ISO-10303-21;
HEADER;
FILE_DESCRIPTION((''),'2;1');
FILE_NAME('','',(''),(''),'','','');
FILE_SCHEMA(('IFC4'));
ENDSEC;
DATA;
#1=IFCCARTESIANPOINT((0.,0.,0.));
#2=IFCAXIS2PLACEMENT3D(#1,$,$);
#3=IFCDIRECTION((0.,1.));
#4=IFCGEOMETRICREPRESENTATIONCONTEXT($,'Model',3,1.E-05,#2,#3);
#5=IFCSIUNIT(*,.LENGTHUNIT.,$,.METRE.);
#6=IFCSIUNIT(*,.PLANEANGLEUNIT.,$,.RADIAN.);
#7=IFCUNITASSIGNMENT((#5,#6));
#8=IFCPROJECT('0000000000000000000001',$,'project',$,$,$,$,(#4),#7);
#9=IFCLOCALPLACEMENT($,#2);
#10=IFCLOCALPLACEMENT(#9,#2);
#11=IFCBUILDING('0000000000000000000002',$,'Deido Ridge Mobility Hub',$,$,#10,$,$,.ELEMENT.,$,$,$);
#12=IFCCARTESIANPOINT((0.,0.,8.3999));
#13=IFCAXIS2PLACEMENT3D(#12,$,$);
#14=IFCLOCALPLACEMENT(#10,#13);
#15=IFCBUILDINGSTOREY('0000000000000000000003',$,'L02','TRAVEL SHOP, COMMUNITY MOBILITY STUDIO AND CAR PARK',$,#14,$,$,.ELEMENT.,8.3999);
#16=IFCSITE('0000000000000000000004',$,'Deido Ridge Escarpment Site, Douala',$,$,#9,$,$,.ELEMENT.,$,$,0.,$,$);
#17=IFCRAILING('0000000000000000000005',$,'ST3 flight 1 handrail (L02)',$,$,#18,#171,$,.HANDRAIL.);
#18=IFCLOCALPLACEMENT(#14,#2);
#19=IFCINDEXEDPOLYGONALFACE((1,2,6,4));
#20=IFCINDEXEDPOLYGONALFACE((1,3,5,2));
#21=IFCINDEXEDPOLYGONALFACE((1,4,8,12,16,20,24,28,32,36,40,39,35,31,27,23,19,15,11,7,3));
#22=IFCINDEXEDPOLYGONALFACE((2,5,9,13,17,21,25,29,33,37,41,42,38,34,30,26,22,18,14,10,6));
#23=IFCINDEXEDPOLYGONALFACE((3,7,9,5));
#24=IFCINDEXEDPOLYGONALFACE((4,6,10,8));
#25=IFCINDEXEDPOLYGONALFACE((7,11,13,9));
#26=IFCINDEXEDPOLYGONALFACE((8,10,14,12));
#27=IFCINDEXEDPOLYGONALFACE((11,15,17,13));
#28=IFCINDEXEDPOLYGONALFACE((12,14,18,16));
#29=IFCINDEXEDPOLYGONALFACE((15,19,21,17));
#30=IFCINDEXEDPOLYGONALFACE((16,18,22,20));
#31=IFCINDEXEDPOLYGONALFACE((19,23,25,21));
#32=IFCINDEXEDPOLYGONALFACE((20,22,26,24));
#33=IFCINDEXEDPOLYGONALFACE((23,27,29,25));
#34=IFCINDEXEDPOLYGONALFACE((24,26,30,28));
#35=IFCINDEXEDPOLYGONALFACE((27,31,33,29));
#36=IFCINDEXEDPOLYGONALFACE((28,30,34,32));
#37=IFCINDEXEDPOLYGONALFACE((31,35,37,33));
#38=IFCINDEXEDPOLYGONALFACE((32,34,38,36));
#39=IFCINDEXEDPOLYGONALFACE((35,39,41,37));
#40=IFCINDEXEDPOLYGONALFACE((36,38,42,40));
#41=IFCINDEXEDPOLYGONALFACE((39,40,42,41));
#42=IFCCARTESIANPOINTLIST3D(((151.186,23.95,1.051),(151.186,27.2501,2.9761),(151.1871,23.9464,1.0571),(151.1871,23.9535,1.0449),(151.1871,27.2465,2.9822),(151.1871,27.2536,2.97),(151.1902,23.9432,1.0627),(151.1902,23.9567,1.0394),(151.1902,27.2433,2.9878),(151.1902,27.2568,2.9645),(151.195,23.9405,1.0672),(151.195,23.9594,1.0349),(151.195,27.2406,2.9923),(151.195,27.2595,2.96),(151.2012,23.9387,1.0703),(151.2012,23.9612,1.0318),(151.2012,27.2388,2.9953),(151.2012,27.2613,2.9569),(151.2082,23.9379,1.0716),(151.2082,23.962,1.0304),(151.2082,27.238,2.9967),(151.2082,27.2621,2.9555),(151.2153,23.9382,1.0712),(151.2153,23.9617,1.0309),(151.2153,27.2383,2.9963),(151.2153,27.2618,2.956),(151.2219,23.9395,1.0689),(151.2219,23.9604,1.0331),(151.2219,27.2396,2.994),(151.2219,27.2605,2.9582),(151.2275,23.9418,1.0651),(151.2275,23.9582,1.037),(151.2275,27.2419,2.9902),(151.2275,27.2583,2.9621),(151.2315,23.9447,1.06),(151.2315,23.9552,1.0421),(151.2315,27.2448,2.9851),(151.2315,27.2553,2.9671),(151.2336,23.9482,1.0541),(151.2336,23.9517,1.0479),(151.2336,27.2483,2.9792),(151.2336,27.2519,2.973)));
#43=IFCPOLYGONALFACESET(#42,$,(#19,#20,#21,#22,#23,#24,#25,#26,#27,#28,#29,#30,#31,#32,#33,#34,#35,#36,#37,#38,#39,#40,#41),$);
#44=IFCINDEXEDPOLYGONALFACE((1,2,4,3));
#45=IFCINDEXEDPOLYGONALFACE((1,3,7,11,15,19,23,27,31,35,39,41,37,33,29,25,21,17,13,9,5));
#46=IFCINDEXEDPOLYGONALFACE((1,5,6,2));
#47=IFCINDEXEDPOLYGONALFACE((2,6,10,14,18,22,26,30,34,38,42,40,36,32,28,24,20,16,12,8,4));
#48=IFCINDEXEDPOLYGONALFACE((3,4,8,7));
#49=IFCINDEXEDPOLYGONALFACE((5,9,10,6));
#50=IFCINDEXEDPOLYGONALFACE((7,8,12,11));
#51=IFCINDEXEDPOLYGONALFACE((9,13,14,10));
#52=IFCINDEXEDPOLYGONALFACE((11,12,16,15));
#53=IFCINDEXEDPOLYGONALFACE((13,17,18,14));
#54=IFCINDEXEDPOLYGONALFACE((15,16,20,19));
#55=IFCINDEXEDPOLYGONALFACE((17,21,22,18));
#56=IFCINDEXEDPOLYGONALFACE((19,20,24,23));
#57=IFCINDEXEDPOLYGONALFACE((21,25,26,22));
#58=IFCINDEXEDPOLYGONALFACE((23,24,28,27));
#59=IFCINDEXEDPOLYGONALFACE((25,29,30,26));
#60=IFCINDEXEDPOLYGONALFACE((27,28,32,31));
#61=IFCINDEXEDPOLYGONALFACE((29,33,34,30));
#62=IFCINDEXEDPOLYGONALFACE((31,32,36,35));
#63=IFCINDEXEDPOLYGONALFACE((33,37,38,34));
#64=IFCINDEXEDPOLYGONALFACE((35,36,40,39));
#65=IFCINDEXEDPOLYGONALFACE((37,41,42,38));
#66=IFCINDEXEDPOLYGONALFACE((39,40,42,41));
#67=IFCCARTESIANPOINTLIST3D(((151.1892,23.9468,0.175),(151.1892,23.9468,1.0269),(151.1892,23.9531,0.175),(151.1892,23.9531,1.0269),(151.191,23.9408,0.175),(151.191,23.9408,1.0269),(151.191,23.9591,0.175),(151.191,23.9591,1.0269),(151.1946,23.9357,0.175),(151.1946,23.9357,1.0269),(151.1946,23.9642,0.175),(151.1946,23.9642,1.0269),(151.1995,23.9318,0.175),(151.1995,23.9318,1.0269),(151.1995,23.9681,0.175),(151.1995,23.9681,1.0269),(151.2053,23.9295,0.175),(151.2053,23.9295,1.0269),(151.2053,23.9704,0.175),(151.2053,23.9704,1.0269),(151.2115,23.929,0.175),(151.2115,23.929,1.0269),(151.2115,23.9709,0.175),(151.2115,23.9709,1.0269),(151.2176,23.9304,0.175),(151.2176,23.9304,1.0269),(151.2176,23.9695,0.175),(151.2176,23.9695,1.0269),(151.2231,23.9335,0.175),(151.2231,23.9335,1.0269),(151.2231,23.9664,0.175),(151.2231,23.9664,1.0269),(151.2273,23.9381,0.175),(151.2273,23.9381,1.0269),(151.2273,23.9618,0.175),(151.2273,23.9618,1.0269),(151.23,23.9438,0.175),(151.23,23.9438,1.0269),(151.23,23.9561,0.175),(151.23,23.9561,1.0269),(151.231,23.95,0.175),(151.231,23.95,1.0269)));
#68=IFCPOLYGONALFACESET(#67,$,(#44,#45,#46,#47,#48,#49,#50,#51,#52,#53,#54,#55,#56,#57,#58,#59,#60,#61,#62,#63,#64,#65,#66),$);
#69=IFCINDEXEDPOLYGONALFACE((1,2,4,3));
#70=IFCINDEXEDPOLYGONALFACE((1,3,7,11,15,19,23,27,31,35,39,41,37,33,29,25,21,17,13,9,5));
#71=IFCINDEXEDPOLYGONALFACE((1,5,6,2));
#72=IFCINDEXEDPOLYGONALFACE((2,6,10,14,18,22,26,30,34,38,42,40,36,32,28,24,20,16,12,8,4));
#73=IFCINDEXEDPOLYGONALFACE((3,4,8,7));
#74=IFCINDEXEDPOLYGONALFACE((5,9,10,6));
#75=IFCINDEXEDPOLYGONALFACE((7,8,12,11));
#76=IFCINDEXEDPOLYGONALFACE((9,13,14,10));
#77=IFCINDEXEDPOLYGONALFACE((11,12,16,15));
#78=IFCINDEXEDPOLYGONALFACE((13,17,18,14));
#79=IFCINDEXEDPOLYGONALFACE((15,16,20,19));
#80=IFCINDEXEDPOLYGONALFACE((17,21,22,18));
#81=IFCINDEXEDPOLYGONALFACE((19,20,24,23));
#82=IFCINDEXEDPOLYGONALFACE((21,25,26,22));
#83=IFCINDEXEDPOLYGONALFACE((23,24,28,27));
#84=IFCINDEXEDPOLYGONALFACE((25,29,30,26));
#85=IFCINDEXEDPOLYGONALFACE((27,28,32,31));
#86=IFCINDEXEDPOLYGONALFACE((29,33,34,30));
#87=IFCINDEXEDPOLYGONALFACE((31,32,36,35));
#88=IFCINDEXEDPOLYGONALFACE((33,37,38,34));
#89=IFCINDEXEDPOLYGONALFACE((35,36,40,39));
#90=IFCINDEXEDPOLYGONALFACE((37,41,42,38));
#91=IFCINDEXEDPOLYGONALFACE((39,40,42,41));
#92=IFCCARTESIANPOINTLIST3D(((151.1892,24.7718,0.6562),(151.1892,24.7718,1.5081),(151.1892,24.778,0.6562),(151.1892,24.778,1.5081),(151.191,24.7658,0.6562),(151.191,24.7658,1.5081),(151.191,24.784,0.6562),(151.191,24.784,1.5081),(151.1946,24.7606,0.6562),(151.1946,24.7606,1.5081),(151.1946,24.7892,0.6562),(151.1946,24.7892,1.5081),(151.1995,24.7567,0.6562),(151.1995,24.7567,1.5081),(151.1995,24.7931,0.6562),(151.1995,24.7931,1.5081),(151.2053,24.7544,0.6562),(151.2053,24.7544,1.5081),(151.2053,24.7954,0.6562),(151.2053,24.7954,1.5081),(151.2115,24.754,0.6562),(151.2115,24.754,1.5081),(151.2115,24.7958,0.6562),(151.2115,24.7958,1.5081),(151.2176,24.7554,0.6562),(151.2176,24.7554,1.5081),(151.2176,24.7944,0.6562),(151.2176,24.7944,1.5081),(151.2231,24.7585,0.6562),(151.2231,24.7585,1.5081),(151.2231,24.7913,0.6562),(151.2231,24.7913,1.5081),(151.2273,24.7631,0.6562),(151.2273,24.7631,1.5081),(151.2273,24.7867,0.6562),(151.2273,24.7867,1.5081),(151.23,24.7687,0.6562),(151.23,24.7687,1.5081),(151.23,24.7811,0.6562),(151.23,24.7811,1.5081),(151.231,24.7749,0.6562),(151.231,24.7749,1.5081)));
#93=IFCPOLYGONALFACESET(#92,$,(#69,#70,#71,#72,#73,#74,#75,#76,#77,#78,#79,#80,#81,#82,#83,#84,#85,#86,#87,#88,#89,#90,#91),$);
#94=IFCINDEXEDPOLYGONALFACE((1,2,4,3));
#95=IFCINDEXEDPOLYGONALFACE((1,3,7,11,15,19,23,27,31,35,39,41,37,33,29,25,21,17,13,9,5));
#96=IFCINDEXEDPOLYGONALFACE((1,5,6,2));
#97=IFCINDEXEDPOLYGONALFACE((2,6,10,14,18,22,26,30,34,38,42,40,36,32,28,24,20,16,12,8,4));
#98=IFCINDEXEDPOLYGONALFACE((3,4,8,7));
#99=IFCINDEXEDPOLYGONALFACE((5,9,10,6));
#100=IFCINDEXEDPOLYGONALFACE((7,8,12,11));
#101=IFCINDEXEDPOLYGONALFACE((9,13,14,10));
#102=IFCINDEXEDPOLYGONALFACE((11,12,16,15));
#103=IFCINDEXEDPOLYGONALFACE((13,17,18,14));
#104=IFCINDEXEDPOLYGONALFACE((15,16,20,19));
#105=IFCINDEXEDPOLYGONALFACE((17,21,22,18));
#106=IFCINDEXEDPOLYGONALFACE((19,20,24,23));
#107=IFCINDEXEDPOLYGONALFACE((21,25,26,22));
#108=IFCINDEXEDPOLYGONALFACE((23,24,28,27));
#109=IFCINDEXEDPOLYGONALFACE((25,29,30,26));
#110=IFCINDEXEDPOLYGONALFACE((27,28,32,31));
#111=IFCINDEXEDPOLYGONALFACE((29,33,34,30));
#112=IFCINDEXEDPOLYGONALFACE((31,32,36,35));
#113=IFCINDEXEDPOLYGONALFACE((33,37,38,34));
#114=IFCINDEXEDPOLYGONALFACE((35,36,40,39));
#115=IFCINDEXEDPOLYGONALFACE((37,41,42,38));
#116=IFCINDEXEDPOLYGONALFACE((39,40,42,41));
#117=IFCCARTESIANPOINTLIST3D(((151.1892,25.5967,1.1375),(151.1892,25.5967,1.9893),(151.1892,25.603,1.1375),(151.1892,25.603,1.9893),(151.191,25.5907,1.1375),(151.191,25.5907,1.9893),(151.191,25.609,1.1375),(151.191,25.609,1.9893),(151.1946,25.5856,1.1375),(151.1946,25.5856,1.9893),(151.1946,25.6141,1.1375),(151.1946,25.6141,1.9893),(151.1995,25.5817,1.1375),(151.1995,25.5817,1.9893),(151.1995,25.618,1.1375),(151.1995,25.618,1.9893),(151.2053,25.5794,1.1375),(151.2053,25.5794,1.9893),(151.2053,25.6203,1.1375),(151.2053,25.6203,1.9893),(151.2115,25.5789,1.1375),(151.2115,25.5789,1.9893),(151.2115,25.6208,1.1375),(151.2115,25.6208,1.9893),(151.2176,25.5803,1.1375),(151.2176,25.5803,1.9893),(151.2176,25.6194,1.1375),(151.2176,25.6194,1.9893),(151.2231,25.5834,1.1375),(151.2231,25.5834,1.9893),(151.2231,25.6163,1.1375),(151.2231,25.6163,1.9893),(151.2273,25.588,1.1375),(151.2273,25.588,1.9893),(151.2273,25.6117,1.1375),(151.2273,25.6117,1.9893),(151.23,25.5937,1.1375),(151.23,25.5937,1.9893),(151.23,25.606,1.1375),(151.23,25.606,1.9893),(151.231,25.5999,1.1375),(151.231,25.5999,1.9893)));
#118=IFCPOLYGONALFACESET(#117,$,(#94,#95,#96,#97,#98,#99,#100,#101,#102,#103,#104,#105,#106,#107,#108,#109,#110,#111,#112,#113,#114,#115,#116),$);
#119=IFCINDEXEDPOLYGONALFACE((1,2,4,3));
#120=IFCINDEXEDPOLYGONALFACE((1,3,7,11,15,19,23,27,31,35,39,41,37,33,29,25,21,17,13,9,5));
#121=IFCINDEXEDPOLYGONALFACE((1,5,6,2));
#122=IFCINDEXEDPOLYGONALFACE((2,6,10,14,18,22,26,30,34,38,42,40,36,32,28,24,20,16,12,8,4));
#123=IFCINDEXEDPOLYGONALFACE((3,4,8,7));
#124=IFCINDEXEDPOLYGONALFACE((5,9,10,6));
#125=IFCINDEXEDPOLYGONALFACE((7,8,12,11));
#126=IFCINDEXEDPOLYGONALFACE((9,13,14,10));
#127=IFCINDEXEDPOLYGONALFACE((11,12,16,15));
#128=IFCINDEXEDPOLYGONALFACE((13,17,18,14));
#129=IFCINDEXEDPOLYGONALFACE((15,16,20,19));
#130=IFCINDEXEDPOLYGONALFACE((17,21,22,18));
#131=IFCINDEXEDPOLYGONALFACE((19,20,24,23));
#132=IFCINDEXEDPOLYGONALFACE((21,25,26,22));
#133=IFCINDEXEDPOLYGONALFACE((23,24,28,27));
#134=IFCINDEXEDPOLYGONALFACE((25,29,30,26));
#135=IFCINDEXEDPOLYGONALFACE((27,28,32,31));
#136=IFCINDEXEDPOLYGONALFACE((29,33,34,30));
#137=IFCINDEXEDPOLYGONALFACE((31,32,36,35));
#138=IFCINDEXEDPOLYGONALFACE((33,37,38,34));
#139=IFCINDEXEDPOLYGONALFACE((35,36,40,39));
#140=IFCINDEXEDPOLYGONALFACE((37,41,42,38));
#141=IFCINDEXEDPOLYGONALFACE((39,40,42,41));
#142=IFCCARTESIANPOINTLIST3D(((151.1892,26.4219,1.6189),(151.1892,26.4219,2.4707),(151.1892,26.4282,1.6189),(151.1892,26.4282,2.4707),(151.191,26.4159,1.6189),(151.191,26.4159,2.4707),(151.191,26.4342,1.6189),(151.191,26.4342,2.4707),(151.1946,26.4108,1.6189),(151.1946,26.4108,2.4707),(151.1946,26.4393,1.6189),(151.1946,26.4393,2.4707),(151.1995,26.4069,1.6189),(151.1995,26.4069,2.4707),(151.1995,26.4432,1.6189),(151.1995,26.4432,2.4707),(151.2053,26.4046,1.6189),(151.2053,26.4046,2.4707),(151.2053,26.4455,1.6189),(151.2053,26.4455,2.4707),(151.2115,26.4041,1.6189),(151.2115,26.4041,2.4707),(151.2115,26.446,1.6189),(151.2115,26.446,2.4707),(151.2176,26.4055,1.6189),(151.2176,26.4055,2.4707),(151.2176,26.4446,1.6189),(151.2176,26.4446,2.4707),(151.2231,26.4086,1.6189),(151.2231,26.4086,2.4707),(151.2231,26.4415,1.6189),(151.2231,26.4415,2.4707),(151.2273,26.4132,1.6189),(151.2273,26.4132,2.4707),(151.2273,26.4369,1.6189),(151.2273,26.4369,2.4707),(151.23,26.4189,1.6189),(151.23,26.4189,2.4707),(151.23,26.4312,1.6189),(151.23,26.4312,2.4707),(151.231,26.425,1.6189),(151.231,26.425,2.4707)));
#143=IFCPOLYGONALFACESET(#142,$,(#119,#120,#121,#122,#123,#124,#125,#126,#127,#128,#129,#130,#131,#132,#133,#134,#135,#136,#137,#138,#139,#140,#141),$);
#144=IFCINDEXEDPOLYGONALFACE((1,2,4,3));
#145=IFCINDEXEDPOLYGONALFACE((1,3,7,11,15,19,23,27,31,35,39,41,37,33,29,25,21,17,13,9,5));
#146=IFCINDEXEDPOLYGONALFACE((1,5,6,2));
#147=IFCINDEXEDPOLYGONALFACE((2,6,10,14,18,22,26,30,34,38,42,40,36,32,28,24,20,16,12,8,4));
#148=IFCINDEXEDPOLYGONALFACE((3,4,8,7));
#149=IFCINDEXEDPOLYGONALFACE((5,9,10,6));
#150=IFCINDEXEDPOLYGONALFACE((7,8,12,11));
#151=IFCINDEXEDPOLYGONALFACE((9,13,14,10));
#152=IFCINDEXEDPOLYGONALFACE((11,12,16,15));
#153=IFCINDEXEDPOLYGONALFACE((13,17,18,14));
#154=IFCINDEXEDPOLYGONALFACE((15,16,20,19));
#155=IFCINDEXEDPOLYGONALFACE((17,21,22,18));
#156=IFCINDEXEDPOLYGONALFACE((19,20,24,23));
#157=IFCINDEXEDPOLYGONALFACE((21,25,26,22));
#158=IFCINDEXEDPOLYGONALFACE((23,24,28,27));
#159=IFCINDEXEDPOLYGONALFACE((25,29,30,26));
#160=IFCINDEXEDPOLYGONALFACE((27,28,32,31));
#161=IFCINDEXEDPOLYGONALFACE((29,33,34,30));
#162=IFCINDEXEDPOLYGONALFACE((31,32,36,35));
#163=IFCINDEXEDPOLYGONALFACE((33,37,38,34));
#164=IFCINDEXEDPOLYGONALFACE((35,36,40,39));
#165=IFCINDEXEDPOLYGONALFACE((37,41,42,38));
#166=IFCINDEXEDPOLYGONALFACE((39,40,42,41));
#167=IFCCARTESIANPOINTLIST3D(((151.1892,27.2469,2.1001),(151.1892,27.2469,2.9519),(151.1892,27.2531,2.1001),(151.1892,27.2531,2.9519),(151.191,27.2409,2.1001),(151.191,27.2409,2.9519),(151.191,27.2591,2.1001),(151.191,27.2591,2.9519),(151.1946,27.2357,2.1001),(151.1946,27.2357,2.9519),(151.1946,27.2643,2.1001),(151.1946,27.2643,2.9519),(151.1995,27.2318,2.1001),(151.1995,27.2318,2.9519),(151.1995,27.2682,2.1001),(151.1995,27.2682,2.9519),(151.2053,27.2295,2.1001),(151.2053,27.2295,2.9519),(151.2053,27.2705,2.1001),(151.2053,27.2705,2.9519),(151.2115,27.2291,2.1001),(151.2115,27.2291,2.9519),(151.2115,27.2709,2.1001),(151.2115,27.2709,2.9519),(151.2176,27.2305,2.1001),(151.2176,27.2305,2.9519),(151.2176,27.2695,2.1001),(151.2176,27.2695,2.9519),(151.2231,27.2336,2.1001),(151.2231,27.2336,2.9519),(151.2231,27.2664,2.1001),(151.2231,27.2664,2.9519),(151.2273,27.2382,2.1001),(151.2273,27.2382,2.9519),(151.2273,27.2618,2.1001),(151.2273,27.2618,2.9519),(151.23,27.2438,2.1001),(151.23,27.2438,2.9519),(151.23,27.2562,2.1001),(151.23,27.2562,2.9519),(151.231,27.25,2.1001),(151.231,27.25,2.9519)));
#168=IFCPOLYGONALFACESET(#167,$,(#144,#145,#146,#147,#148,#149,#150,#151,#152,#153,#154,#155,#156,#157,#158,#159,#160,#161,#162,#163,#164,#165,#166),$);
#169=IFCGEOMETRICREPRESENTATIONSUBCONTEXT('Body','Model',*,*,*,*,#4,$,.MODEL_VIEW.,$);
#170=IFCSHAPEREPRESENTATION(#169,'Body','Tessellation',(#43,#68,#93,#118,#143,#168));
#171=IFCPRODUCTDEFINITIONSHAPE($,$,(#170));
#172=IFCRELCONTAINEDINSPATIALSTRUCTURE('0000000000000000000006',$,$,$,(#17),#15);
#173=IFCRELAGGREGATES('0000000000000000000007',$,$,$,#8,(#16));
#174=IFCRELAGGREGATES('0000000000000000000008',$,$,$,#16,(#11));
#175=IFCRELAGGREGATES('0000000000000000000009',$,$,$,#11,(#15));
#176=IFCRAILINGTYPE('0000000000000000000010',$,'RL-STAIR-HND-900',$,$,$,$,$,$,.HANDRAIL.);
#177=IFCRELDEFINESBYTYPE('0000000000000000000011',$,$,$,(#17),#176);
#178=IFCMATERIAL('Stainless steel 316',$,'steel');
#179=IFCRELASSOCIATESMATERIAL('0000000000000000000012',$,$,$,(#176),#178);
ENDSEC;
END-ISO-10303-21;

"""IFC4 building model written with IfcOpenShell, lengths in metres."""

from ifc_helpers import new_model, si_unit, direction, frame, origin, origin_2d, place, context, subcontext, project, spatial, circle, extrude, material, type_object, element, save


model = new_model("IFC4")

# Units and contexts
model_context = context("Model", 3, precision=1e-05, world=origin(), true_north=direction((0.0, 1.0)))
body_context = subcontext(model_context, "Body", "Model", "MODEL_VIEW")
ifc_project = project(units=[si_unit("LENGTHUNIT", "METRE"), si_unit("PLANEANGLEUNIT", "RADIAN")], contexts=[model_context])

# Site, building, storey
site_placement = place(None, origin())
site = spatial("IfcSite", under=ifc_project, at=site_placement, Name="Deido Ridge Escarpment Site, Douala", CompositionType="ELEMENT", RefElevation=0.0)
building_placement = place(site_placement, origin())
building = spatial("IfcBuilding", under=site, at=building_placement, Name="Deido Ridge Mobility Hub", CompositionType="ELEMENT")
storey_placement = place(building_placement, frame((0.0, 0.0, 8.3999)))
storey = spatial("IfcBuildingStorey", under=building, at=storey_placement, Name="L02", Description="TRAVEL SHOP, COMMUNITY MOBILITY STUDIO AND CAR PARK", CompositionType="ELEMENT", Elevation=8.3999)

# Shared definitions
ifc_material_1 = material(Name="Stainless steel 316", Category="steel")

# Railing
railing_type_1 = type_object("IfcRailingType", Name="RL-STAIR-HND-900", PredefinedType="HANDRAIL", material=ifc_material_1)
railing_1_placement = place(storey_placement, frame((151.21, 23.95, 0.175)))
element("IfcRailing", 1, at=railing_1_placement, inside=storey, type_object=railing_type_1, Name="ST3 flight 1 handrail (L02)", PredefinedType="HANDRAIL", context=body_context, shape_type="SweptSolid", body=[
    extrude(circle(Radius=0.0239, at=origin_2d()), frame((0.0, 0.0, 0.876), z_axis=(0.0, 0.863777, 0.503875), x_axis=(-1.0, 0.0, 0.0)), (0.0, 0.0, 1.0), 3.8206),
    extrude(circle(Radius=0.021, at=origin_2d()), origin(), (0.0, 0.0, 1.0), 0.8518),
    extrude(circle(Radius=0.021, at=origin_2d()), frame((0.0, 0.825, 0.4812)), (0.0, 0.0, 1.0), 0.8518),
    extrude(circle(Radius=0.021, at=origin_2d()), frame((0.0, 1.6499, 0.9624)), (0.0, 0.0, 1.0), 0.8518),
    extrude(circle(Radius=0.021, at=origin_2d()), frame((0.0, 2.4751, 1.4438)), (0.0, 0.0, 1.0), 0.8518),
    extrude(circle(Radius=0.021, at=origin_2d()), frame((0.0, 3.3, 1.925)), (0.0, 0.0, 1.0), 0.8518),
])

save(model, "model.ifc")
